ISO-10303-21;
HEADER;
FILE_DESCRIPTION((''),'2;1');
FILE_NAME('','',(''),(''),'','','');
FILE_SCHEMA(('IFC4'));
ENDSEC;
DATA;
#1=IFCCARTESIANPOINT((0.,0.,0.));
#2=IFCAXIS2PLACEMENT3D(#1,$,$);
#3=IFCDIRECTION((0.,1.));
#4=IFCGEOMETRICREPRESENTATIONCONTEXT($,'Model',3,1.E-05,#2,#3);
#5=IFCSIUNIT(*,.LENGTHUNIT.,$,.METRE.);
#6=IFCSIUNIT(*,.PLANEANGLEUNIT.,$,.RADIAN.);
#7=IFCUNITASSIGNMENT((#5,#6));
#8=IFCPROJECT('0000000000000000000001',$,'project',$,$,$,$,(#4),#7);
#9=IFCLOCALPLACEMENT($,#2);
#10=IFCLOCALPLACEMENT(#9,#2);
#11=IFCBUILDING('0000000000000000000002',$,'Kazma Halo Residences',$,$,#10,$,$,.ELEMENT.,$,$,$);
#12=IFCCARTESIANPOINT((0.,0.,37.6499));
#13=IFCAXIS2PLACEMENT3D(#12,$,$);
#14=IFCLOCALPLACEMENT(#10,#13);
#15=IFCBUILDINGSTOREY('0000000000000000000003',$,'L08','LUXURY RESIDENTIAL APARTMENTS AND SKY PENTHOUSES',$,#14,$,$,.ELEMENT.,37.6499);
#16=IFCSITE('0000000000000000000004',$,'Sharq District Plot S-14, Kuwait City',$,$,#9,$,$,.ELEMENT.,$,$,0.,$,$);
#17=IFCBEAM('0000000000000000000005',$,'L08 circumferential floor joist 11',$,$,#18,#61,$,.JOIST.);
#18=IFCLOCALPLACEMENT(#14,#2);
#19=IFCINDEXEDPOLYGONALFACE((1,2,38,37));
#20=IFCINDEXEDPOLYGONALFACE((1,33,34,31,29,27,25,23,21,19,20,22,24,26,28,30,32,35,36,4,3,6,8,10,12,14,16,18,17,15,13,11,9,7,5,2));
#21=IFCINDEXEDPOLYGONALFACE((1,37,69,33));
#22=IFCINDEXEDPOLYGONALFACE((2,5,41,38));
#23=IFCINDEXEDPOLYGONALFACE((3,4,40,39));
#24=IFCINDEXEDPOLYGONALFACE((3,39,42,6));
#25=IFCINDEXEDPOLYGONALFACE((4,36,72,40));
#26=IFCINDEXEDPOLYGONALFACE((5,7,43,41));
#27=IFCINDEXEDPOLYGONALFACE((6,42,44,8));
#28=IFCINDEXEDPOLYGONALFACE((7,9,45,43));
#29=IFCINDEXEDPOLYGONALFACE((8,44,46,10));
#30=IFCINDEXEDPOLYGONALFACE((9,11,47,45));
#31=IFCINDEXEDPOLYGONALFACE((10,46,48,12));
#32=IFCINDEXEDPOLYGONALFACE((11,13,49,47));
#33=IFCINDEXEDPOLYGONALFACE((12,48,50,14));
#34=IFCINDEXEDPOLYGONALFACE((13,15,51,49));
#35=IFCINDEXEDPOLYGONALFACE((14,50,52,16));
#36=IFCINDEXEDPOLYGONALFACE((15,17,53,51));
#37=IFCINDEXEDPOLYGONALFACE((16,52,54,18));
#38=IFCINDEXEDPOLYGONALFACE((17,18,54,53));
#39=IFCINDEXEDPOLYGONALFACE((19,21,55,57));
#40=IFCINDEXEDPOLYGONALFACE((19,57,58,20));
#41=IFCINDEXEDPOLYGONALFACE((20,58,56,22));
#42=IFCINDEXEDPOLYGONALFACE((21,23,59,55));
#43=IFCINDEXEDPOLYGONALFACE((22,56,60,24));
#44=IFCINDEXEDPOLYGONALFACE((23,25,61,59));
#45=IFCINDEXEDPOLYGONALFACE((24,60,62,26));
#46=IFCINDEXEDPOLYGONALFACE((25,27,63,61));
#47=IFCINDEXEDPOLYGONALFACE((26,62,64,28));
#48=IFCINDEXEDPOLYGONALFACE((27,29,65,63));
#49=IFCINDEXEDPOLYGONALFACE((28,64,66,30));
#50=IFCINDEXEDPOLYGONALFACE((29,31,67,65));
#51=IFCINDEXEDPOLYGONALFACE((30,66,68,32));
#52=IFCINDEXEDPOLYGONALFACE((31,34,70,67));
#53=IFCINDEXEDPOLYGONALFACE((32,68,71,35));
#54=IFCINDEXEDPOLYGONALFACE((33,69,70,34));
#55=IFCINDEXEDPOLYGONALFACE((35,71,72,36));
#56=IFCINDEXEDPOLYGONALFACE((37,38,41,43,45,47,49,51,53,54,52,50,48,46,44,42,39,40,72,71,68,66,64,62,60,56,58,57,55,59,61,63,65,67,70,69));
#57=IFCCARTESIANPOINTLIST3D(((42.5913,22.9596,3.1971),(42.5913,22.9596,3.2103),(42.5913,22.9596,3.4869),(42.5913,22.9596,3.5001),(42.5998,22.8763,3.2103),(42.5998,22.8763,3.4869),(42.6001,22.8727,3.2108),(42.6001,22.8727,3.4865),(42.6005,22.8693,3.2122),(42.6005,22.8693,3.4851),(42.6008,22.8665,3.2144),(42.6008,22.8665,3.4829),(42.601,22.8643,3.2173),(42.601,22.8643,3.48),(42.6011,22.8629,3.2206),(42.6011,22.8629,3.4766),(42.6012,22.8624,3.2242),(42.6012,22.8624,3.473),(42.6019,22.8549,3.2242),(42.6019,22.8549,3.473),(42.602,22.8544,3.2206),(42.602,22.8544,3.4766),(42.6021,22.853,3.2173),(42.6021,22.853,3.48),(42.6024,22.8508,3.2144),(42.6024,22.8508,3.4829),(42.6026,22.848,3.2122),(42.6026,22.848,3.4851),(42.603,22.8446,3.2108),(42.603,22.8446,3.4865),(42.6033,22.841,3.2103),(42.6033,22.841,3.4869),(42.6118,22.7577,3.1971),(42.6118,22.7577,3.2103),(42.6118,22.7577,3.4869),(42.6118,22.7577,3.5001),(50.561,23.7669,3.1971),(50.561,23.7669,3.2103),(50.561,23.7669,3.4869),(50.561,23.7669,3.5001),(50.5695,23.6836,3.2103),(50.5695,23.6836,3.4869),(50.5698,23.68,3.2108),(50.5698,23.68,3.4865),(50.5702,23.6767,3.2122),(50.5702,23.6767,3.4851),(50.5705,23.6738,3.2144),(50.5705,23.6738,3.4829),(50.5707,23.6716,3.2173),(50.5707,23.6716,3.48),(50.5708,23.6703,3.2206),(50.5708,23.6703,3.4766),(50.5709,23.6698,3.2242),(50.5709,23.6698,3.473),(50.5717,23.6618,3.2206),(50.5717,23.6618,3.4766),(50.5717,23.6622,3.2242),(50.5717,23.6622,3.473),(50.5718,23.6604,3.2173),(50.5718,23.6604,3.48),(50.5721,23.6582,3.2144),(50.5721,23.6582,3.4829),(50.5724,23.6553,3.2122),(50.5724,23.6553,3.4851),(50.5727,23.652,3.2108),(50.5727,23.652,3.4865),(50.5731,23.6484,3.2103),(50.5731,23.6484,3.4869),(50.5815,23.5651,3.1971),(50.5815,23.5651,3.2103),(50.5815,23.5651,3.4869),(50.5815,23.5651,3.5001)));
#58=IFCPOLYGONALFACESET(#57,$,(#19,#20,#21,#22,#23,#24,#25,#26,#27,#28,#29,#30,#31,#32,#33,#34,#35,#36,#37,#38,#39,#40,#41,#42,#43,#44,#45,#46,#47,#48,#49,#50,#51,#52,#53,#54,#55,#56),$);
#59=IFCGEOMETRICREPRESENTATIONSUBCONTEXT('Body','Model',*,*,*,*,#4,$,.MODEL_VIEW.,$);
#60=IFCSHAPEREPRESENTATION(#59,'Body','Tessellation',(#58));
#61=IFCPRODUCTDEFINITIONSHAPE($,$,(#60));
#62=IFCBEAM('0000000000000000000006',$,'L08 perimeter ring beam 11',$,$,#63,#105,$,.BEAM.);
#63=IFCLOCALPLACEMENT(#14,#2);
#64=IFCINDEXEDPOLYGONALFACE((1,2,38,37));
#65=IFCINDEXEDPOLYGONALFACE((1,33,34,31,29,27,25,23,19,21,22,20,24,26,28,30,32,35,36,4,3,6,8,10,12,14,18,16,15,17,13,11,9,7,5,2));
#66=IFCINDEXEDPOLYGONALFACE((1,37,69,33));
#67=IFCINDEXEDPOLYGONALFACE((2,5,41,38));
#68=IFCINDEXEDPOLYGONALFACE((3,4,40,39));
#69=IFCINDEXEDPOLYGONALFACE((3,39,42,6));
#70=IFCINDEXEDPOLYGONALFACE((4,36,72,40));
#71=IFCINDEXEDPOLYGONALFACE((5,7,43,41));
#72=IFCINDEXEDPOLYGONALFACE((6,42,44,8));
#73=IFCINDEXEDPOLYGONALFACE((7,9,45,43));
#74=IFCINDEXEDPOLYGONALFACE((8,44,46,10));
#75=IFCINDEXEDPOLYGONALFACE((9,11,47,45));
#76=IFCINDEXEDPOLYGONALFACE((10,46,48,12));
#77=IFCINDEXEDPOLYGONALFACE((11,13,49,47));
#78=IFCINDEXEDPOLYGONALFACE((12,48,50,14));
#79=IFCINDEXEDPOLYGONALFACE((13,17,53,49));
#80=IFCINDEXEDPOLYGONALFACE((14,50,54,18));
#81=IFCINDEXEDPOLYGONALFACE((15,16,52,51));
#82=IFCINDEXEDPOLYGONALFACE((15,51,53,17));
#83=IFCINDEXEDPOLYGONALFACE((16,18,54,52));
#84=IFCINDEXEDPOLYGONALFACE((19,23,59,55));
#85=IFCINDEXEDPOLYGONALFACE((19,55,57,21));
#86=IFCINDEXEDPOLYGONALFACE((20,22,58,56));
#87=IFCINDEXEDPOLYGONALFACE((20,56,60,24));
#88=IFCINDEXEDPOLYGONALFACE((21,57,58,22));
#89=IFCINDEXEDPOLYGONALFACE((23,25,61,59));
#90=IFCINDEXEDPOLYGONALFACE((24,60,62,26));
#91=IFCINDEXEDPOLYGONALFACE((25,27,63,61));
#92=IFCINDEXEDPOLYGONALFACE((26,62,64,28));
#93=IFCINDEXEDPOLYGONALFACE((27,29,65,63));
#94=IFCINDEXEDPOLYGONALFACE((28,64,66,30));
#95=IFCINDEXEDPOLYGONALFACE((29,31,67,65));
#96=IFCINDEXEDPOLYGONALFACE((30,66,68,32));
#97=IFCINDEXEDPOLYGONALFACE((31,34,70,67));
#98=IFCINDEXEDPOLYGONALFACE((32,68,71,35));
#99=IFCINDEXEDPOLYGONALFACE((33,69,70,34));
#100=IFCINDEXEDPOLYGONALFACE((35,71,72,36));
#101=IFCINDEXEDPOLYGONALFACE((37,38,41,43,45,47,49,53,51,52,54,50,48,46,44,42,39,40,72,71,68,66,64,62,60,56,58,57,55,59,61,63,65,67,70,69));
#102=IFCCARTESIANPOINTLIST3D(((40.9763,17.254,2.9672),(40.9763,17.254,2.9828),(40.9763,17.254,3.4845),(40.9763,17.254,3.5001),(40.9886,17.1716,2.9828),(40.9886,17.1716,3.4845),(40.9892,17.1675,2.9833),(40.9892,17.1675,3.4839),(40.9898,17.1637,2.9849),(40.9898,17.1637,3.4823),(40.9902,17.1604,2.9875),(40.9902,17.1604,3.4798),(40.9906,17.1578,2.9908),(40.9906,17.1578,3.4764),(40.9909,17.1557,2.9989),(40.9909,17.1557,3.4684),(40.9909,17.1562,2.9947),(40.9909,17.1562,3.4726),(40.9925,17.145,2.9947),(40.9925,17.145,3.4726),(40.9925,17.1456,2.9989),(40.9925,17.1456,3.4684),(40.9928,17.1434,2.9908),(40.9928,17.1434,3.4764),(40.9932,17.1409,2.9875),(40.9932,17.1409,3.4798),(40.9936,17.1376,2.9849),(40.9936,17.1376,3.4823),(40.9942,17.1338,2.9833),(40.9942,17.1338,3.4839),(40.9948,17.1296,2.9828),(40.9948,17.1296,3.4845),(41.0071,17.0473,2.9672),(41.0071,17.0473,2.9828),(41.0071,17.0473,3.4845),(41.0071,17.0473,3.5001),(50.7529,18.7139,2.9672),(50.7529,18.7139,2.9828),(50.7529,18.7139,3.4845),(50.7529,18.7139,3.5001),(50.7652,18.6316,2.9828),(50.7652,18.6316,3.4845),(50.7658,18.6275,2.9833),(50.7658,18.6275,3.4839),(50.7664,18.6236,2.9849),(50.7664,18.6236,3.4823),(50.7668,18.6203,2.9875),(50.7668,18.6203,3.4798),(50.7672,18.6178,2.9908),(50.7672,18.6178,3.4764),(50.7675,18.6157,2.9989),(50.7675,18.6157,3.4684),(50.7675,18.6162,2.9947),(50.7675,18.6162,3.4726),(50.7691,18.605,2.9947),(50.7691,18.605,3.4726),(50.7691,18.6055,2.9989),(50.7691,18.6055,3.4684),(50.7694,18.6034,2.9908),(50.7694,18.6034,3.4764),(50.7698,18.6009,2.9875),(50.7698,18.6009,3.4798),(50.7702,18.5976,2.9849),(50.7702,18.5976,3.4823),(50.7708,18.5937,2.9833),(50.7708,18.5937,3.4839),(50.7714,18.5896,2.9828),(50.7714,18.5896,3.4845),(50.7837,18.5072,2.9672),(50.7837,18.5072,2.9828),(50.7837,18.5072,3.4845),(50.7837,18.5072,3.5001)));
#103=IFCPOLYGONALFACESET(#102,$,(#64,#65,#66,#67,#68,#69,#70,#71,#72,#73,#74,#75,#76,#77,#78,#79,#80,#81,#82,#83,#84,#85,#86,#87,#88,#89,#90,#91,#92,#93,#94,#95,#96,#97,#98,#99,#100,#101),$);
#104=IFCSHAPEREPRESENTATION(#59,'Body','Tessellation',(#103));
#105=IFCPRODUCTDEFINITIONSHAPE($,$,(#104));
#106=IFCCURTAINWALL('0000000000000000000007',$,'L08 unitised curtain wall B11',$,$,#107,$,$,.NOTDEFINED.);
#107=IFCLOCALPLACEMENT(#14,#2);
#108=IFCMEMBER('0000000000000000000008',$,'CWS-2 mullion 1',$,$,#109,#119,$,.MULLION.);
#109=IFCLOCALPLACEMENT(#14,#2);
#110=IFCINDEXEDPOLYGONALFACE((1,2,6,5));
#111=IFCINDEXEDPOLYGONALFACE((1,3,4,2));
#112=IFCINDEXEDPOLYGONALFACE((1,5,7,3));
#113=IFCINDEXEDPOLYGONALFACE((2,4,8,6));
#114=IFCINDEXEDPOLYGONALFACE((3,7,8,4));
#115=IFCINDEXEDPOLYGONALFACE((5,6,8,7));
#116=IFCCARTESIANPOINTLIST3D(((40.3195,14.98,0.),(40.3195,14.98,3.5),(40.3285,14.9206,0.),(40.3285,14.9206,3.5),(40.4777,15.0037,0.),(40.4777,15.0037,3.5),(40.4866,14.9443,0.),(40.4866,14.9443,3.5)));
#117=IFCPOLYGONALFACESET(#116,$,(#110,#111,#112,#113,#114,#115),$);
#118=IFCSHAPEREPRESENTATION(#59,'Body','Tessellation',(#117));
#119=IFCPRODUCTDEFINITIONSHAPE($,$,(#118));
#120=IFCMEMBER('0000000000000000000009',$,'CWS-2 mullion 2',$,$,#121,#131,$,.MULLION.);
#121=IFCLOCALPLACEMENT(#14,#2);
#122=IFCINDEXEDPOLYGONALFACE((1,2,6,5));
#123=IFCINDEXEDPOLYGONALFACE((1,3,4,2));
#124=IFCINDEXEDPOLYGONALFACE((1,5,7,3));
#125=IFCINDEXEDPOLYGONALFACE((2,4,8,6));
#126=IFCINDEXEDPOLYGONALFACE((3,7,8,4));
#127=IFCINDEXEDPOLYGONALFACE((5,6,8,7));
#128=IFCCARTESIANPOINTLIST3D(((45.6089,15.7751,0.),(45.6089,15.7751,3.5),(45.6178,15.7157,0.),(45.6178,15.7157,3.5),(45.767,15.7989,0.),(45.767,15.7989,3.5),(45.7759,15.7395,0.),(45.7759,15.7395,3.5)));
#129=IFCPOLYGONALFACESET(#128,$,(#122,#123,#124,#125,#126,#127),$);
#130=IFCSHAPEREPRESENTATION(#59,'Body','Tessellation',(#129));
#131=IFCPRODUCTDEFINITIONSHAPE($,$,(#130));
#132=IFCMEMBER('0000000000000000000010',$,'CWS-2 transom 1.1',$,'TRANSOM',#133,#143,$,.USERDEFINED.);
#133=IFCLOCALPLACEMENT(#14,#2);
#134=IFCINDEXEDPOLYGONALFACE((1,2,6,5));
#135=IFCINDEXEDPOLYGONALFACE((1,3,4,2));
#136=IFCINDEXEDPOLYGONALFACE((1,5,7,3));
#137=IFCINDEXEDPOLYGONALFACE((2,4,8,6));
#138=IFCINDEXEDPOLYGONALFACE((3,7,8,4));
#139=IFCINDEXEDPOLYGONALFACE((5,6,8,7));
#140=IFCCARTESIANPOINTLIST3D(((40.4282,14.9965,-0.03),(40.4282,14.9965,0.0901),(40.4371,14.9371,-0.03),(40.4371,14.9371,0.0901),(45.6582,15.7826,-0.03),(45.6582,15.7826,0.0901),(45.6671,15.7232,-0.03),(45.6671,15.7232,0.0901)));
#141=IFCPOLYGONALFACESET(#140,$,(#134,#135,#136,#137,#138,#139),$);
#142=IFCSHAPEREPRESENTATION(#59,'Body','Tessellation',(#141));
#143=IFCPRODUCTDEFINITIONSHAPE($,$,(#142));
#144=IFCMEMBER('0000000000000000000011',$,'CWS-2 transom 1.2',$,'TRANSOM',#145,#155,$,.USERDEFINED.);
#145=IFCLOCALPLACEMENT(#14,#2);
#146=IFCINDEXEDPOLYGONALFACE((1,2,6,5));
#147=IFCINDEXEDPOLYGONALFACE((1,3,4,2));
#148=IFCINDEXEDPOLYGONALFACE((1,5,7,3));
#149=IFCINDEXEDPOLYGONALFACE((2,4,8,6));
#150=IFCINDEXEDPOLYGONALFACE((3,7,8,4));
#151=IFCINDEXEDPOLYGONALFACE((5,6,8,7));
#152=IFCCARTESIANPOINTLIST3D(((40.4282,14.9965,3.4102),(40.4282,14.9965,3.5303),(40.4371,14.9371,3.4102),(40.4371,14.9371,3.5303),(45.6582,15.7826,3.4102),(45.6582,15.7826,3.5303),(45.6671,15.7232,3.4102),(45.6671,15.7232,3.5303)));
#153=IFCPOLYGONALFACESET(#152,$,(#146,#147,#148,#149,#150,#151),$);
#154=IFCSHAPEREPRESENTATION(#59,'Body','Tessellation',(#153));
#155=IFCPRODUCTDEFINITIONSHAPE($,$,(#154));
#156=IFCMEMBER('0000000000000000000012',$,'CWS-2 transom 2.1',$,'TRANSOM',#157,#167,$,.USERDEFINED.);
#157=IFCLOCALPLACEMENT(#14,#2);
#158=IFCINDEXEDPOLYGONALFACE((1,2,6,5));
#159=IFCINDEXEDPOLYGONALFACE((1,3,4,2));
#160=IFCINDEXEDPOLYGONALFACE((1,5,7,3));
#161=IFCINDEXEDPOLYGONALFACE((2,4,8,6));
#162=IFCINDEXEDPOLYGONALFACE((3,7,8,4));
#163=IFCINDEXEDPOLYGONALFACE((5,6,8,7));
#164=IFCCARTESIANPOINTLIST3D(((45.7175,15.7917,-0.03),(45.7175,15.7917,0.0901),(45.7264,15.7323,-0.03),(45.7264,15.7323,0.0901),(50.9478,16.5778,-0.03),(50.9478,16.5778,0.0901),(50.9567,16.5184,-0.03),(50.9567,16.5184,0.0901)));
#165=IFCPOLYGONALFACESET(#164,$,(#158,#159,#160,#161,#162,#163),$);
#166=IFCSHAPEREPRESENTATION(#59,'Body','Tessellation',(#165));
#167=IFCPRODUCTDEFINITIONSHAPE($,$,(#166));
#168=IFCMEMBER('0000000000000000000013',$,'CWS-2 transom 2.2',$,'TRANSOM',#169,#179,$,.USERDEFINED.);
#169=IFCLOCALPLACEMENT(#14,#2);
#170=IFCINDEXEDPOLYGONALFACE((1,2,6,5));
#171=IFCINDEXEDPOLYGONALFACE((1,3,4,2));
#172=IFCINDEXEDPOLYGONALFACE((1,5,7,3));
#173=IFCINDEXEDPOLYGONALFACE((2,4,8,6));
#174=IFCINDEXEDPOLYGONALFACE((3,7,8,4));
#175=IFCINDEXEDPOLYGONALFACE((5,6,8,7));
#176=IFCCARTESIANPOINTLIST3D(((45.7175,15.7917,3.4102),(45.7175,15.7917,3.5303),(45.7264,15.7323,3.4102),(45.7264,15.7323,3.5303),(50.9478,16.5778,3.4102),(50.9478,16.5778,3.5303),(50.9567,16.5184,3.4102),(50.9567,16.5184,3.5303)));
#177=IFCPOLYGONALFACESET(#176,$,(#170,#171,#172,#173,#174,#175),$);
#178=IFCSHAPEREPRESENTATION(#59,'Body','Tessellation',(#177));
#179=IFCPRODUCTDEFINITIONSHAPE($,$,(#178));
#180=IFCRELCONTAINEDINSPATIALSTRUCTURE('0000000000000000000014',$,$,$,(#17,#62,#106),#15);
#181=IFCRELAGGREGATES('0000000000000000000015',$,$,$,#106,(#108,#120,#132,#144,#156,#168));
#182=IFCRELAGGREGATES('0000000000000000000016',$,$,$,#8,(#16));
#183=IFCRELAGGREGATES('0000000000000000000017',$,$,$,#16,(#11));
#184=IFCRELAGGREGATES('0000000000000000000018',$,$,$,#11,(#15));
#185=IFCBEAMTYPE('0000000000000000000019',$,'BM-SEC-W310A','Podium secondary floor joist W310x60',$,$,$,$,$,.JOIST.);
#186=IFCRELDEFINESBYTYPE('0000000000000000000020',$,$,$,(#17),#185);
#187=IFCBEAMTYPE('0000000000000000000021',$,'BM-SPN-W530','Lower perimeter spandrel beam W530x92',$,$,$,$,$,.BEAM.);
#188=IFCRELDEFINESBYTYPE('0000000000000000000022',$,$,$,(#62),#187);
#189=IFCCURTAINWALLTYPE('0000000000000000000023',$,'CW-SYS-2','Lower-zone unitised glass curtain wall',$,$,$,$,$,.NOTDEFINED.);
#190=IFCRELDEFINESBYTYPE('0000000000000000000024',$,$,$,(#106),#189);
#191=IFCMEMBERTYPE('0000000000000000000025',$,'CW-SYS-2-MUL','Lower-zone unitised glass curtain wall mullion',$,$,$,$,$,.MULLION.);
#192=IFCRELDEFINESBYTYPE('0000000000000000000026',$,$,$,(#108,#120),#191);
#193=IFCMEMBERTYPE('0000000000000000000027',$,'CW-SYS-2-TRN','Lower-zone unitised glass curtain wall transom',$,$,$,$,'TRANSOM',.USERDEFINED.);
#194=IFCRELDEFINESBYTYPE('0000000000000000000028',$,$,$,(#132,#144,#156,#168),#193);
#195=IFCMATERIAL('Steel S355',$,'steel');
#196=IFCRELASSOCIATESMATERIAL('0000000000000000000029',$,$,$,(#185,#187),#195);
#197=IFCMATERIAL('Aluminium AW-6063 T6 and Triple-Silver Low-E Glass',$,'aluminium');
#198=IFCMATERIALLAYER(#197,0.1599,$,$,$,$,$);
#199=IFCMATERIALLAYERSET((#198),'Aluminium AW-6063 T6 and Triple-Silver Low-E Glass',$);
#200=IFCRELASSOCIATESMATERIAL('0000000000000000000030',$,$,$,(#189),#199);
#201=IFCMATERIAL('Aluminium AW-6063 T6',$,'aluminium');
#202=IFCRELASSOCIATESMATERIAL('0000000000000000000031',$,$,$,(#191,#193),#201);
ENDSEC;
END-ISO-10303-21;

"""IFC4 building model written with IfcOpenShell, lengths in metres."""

from ifc_helpers import new_model, si_unit, direction, frame, origin, origin_2d, place, context, subcontext, project, spatial, rectangle, i_section, extrude, material, layer, layer_set, material_profile, profile_set, type_object, element, aggregate, save


model = new_model("IFC4")

# Units and contexts
model_context = context("Model", 3, precision=1e-05, world=origin(), true_north=direction((0.0, 1.0)))
body_context = subcontext(model_context, "Body", "Model", "MODEL_VIEW")
ifc_project = project(units=[si_unit("LENGTHUNIT", "METRE"), si_unit("PLANEANGLEUNIT", "RADIAN")], contexts=[model_context])

# Site, building, storey
site_placement = place(None, origin())
site = spatial("IfcSite", under=ifc_project, at=site_placement, Name="Sharq District Plot S-14, Kuwait City", CompositionType="ELEMENT", RefElevation=0.0)
building_placement = place(site_placement, origin())
building = spatial("IfcBuilding", under=site, at=building_placement, Name="Kazma Halo Residences", CompositionType="ELEMENT")
storey_placement = place(building_placement, frame((0.0, 0.0, 37.6499)))
storey = spatial("IfcBuildingStorey", under=building, at=storey_placement, Name="L08", Description="LUXURY RESIDENTIAL APARTMENTS AND SKY PENTHOUSES", CompositionType="ELEMENT", Elevation=37.6499)

# Beams
ifc_material_1 = material(Name="Steel S355", Category="steel")
ifc_material_profile_1 = material_profile(ifc_material_1, i_section(OverallWidth=0.2029, OverallDepth=0.303, WebThickness=0.0076, FlangeThickness=0.0132, FilletRadius=0.0139, at=origin_2d()), Name="W310x60")
ifc_profile_set_1 = profile_set([ifc_material_profile_1], Name="Steel S355")
beam_type_1 = type_object("IfcBeamType", Name="BM-SEC-W310A", Description="Podium secondary floor joist W310x60", PredefinedType="JOIST", material=ifc_profile_set_1)
beam_1_placement = place(storey_placement, frame((42.6016, 22.8586, 3.3486), z_axis=(0.994908, 0.100789, 0.0), x_axis=(-0.100789, 0.994908, 0.0)))
element("IfcBeam", 1, at=beam_1_placement, inside=storey, type_object=beam_type_1, Name="L08 circumferential floor joist 11", PredefinedType="JOIST", context=body_context, shape_type="SweptSolid", body=[
    extrude(i_section(OverallWidth=0.2029, OverallDepth=0.303, WebThickness=0.0076, FlangeThickness=0.0132, FilletRadius=0.0139, at=origin_2d()), origin(), (0.0, 0.0, 1.0), 8.0105),
])
ifc_material_profile_2 = material_profile(ifc_material_1, i_section(OverallWidth=0.209, OverallDepth=0.533, WebThickness=0.0103, FlangeThickness=0.0156, FilletRadius=0.0161, at=origin_2d()), Name="W530x92")
ifc_profile_set_2 = profile_set([ifc_material_profile_2], Name="Steel S355")
beam_type_2 = type_object("IfcBeamType", Name="BM-SPN-W530", Description="Lower perimeter spandrel beam W530x92", PredefinedType="BEAM", material=ifc_profile_set_2)
beam_2_placement = place(storey_placement, frame((40.9917, 17.1506, 3.2336), z_axis=(0.989033, 0.147694, 0.0), x_axis=(-0.147694, 0.989033, 0.0)))
element("IfcBeam", 2, at=beam_2_placement, inside=storey, type_object=beam_type_2, Name="L08 perimeter ring beam 11", PredefinedType="BEAM", context=body_context, shape_type="SweptSolid", body=[
    extrude(i_section(OverallWidth=0.209, OverallDepth=0.533, WebThickness=0.0103, FlangeThickness=0.0156, FilletRadius=0.0161, at=origin_2d()), origin(), (0.0, 0.0, 1.0), 9.885),
])

# Curtain wall, members
ifc_material_2 = material(Name="Aluminium AW-6063 T6 and Triple-Silver Low-E Glass", Category="aluminium")
ifc_layer_1 = layer(ifc_material_2, 0.1599)
ifc_layer_set_1 = layer_set([ifc_layer_1], Name="Aluminium AW-6063 T6 and Triple-Silver Low-E Glass")
curtain_wall_type = type_object("IfcCurtainWallType", Name="CW-SYS-2", Description="Lower-zone unitised glass curtain wall", PredefinedType="NOTDEFINED", material=ifc_layer_set_1)
curtain_wall_placement = place(storey_placement, origin())
curtain_wall = element("IfcCurtainWall", 3, at=curtain_wall_placement, inside=storey, type_object=curtain_wall_type, Name="L08 unitised curtain wall B11", PredefinedType="NOTDEFINED")
ifc_material_3 = material(Name="Aluminium AW-6063 T6", Category="aluminium")
ifc_material_profile_3 = material_profile(ifc_material_3, rectangle(XDim=0.0601, YDim=0.1599, at=origin_2d()), Name="CWM-60x160")
ifc_profile_set_3 = profile_set([ifc_material_profile_3], Name="Aluminium AW-6063 T6")
member_type_1 = type_object("IfcMemberType", Name="CW-SYS-2-MUL", Description="Lower-zone unitised glass curtain wall mullion", PredefinedType="MULLION", material=ifc_profile_set_3)
member_1_placement = place(storey_placement, frame((40.4031, 14.9622, 0.0), z_axis=(0.0, 0.0, 1.0), x_axis=(-0.148657, 0.988889, 0.0)))
member_1 = element("IfcMember", 4, at=member_1_placement, type_object=member_type_1, Name="CWS-2 mullion 1", PredefinedType="MULLION", context=body_context, shape_type="SweptSolid", body=[
    extrude(rectangle(XDim=0.0601, YDim=0.1599, at=origin_2d()), origin(), (0.0, 0.0, 1.0), 3.5),
])
member_2_placement = place(storey_placement, frame((45.6924, 15.7573, 0.0), z_axis=(0.0, 0.0, 1.0), x_axis=(-0.148657, 0.988889, 0.0)))
member_2 = element("IfcMember", 5, at=member_2_placement, type_object=member_type_1, Name="CWS-2 mullion 2", PredefinedType="MULLION", context=body_context, shape_type="SweptSolid", body=[
    extrude(rectangle(XDim=0.0601, YDim=0.1599, at=origin_2d()), origin(), (0.0, 0.0, 1.0), 3.5),
])
ifc_material_profile_4 = material_profile(ifc_material_3, rectangle(XDim=0.0601, YDim=0.1201, at=origin_2d()), Name="CWT-60x120")
ifc_profile_set_4 = profile_set([ifc_material_profile_4], Name="Aluminium AW-6063 T6")
member_type_2 = type_object("IfcMemberType", Name="CW-SYS-2-TRN", Description="Lower-zone unitised glass curtain wall transom", ElementType="TRANSOM", PredefinedType="USERDEFINED", material=ifc_profile_set_4)
member_3_placement = place(storey_placement, frame((40.4326, 14.9668, 0.03), z_axis=(0.988891, 0.148643, 0.0), x_axis=(-0.148643, 0.988891, 0.0)))
member_3 = element("IfcMember", 6, at=member_3_placement, type_object=member_type_2, Name="CWS-2 transom 1.1", ObjectType="TRANSOM", PredefinedType="USERDEFINED", context=body_context, shape_type="SweptSolid", body=[
    extrude(rectangle(XDim=0.0601, YDim=0.1201, at=origin_2d()), origin(), (0.0, 0.0, 1.0), 5.2888),
])
member_4_placement = place(storey_placement, frame((40.4326, 14.9668, 3.4702), z_axis=(0.988891, 0.148643, 0.0), x_axis=(-0.148643, 0.988891, 0.0)))
member_4 = element("IfcMember", 7, at=member_4_placement, type_object=member_type_2, Name="CWS-2 transom 1.2", ObjectType="TRANSOM", PredefinedType="USERDEFINED", context=body_context, shape_type="SweptSolid", body=[
    extrude(rectangle(XDim=0.0601, YDim=0.1201, at=origin_2d()), origin(), (0.0, 0.0, 1.0), 5.2888),
])
member_5_placement = place(storey_placement, frame((45.7219, 15.762, 0.03), z_axis=(0.988892, 0.148636, 0.0), x_axis=(-0.148636, 0.988892, 0.0)))
member_5 = element("IfcMember", 8, at=member_5_placement, type_object=member_type_2, Name="CWS-2 transom 2.1", ObjectType="TRANSOM", PredefinedType="USERDEFINED", context=body_context, shape_type="SweptSolid", body=[
    extrude(rectangle(XDim=0.0601, YDim=0.1201, at=origin_2d()), origin(), (0.0, 0.0, 1.0), 5.2891),
])
member_6_placement = place(storey_placement, frame((45.7219, 15.762, 3.4702), z_axis=(0.988892, 0.148636, 0.0), x_axis=(-0.148636, 0.988892, 0.0)))
member_6 = element("IfcMember", 9, at=member_6_placement, type_object=member_type_2, Name="CWS-2 transom 2.2", ObjectType="TRANSOM", PredefinedType="USERDEFINED", context=body_context, shape_type="SweptSolid", body=[
    extrude(rectangle(XDim=0.0601, YDim=0.1201, at=origin_2d()), origin(), (0.0, 0.0, 1.0), 5.2891),
])
aggregate(curtain_wall, [member_1, member_2, member_3, member_4, member_5, member_6])

save(model, "model.ifc")
